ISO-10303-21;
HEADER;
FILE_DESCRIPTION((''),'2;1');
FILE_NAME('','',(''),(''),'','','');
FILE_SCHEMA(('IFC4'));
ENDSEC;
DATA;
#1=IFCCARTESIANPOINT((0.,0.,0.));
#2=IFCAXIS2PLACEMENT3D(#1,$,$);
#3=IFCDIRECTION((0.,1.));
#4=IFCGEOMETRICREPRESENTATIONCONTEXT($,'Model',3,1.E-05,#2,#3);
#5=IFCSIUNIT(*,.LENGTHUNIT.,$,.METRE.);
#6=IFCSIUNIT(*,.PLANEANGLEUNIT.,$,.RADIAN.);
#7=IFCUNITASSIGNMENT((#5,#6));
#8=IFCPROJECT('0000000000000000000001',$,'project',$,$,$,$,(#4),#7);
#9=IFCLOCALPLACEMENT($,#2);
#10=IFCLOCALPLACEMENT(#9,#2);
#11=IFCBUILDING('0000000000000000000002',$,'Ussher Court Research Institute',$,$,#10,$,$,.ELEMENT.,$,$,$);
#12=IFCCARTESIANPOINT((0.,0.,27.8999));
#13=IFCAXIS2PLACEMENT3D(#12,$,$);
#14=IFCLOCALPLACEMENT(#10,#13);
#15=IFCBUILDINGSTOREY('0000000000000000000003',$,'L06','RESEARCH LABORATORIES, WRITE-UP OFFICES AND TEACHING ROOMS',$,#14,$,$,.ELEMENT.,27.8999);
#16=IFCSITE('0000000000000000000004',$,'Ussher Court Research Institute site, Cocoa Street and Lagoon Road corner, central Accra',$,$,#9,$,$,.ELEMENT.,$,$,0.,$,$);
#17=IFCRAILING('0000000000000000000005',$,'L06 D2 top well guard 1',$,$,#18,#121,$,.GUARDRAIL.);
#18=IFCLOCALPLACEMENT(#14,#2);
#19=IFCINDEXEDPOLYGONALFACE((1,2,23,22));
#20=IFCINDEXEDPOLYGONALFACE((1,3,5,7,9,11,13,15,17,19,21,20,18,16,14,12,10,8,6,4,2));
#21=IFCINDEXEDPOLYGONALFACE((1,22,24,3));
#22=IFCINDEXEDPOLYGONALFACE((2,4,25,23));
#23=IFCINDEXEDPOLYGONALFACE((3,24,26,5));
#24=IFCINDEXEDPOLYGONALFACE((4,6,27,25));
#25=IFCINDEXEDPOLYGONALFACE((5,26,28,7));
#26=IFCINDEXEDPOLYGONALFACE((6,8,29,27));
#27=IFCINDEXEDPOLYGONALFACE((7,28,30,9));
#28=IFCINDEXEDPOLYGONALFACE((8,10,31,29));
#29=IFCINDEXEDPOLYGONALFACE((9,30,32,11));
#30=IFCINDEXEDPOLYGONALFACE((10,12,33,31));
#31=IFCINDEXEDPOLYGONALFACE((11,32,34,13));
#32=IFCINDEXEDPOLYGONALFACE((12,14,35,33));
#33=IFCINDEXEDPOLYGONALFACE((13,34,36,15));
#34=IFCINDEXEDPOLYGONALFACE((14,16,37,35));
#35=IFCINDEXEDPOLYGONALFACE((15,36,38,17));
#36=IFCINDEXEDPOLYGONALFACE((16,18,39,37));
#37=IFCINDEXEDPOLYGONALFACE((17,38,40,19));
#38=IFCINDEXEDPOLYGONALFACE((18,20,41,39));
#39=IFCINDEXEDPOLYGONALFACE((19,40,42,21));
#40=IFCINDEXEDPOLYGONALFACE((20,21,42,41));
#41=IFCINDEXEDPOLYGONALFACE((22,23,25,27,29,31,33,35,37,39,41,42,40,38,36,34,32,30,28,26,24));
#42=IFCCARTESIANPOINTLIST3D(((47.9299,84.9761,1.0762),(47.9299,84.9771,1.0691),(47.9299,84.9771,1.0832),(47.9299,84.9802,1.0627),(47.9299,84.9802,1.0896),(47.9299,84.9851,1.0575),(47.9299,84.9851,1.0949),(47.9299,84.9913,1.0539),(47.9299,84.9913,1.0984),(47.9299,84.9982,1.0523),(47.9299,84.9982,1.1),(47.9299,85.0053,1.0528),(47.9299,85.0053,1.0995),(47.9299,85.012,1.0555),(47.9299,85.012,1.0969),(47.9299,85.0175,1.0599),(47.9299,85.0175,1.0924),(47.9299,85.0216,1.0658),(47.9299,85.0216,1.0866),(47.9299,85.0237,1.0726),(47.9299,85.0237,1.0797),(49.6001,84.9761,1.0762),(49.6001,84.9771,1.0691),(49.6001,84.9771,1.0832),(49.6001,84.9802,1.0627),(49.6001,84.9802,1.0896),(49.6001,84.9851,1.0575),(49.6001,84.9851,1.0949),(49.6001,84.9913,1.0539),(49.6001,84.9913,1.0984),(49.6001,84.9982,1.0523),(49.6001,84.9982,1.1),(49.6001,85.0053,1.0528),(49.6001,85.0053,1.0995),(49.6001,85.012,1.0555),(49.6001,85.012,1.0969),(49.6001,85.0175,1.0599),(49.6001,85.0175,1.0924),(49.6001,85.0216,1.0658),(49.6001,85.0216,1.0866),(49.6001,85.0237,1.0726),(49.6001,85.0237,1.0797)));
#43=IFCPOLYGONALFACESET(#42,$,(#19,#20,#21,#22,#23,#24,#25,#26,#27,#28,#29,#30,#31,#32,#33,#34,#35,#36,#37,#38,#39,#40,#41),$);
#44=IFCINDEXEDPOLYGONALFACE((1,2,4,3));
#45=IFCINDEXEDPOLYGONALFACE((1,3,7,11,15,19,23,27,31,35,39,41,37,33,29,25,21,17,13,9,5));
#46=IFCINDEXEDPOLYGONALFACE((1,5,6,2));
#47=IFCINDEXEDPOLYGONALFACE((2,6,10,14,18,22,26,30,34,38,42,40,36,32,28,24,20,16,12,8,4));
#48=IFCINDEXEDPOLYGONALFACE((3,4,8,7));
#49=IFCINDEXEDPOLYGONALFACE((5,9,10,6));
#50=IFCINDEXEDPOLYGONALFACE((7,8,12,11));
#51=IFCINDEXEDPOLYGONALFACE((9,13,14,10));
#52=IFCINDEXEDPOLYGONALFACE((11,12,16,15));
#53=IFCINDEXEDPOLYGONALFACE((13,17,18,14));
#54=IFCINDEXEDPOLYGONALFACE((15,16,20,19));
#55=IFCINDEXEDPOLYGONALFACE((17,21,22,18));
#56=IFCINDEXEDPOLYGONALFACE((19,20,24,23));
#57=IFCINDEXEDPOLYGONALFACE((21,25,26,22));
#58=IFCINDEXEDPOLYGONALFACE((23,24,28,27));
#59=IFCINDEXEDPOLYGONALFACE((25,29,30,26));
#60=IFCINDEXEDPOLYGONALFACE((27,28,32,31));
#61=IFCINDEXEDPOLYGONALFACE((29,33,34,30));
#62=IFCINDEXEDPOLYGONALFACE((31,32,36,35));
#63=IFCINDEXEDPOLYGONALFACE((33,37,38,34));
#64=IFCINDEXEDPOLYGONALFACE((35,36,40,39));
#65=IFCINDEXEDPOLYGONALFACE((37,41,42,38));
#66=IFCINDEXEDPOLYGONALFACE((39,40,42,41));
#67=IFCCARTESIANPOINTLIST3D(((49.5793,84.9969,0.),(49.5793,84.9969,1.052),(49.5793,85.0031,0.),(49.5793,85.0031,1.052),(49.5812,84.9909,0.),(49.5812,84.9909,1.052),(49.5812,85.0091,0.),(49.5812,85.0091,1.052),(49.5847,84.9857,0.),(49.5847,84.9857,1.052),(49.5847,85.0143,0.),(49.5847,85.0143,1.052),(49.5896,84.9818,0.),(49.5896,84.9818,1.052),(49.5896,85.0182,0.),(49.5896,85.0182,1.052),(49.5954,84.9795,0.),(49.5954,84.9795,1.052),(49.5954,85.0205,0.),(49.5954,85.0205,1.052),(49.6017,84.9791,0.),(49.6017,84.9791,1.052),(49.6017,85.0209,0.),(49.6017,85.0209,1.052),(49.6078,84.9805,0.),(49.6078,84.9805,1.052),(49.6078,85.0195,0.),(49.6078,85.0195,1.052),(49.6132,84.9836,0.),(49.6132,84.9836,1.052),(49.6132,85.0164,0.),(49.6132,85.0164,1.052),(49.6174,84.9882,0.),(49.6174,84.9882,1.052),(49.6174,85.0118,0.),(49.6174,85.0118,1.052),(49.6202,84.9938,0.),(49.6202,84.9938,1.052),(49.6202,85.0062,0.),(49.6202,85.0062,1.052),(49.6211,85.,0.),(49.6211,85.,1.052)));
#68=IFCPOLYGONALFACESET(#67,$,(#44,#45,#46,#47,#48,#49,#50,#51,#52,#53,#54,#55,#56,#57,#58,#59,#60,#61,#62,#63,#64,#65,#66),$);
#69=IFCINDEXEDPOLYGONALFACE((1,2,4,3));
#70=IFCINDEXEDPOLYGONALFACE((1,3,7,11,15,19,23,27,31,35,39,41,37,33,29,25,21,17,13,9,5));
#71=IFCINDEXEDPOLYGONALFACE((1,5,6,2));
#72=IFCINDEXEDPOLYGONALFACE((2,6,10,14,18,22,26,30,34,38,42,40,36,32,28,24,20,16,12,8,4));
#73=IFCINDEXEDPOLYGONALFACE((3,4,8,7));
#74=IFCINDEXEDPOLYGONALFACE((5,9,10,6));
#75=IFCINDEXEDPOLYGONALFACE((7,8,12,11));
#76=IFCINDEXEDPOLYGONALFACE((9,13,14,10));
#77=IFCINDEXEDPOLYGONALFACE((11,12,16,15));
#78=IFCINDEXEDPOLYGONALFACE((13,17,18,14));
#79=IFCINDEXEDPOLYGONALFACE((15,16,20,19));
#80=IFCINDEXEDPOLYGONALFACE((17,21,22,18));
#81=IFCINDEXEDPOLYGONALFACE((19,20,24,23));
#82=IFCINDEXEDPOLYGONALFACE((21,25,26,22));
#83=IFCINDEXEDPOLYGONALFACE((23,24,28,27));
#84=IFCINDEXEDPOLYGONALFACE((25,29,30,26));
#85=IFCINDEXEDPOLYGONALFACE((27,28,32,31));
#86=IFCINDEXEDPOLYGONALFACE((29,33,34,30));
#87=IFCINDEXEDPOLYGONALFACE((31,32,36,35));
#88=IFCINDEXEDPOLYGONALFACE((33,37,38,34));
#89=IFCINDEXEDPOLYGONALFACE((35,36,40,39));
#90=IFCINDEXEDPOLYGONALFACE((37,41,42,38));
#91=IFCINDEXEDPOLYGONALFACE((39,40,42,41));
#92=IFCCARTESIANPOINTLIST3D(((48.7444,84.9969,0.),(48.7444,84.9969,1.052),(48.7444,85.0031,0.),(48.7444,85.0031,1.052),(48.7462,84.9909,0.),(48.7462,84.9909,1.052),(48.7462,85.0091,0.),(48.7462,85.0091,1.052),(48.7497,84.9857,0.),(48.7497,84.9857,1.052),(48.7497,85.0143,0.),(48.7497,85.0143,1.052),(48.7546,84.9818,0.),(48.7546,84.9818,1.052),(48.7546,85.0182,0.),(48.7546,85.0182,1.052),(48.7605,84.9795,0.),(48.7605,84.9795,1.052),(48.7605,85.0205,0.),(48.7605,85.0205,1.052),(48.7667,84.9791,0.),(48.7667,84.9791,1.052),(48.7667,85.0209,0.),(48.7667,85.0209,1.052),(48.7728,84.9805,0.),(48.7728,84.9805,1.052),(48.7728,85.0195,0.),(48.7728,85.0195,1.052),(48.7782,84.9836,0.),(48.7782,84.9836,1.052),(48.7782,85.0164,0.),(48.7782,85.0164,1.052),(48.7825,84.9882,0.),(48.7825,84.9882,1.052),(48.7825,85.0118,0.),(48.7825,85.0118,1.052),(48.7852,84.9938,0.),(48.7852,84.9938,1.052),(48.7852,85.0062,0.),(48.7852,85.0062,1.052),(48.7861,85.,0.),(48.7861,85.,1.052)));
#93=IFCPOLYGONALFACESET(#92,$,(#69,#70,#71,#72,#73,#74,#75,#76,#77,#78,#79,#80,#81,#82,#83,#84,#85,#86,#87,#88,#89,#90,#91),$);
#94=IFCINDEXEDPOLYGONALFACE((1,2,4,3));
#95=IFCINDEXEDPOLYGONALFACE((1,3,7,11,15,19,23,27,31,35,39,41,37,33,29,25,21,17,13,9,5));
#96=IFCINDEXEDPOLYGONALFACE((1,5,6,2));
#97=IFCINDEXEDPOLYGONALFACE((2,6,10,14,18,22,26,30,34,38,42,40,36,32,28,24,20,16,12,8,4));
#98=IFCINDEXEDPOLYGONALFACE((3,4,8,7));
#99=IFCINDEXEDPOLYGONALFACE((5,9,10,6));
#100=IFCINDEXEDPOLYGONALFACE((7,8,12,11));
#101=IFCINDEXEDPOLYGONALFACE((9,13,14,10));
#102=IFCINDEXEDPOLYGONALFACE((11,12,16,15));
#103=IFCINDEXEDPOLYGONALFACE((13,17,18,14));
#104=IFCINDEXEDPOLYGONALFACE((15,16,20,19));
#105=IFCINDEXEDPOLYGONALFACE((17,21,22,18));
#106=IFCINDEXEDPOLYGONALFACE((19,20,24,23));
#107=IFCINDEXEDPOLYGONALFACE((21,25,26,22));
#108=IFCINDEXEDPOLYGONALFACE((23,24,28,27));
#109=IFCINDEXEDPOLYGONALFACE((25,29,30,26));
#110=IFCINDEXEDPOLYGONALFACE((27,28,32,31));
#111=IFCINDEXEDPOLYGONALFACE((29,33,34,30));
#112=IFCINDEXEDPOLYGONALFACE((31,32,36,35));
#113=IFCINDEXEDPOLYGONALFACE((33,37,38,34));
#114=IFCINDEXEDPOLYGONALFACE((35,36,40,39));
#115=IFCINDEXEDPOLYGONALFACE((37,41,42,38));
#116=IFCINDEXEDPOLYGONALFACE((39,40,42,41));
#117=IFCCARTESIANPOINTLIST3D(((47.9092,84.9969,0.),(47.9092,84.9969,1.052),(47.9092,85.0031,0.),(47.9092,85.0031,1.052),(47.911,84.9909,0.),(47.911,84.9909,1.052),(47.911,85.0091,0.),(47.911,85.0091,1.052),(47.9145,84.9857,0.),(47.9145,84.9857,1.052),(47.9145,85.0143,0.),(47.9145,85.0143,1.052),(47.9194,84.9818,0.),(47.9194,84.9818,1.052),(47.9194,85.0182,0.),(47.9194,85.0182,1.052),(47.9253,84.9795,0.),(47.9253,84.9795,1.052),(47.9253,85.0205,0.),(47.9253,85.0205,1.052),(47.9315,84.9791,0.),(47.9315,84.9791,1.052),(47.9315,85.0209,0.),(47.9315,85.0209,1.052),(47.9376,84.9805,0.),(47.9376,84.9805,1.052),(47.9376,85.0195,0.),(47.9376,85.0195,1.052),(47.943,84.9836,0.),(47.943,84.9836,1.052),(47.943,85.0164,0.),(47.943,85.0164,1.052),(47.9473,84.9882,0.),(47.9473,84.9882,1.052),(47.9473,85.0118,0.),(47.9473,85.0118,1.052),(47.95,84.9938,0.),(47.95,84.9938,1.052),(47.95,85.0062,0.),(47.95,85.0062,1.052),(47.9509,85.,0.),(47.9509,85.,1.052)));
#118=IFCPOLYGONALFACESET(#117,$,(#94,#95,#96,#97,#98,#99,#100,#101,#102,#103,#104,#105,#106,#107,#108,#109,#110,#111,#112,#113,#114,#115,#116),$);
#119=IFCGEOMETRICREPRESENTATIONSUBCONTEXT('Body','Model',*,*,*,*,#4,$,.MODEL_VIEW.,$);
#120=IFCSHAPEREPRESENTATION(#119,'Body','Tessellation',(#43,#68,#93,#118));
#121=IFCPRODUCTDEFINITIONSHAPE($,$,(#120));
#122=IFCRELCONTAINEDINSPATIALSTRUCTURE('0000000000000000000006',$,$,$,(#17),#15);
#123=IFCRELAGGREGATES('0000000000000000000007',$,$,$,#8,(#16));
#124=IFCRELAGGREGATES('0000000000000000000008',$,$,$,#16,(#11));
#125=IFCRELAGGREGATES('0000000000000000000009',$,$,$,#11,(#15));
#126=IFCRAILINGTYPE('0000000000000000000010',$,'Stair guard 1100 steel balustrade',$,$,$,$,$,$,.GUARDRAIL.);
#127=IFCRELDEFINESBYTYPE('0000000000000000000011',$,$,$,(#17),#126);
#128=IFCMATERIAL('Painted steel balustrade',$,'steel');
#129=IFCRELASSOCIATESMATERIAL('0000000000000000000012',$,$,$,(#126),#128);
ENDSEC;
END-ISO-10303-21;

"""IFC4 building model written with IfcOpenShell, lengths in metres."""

from ifc_helpers import new_model, si_unit, direction, frame, origin, origin_2d, place, context, subcontext, project, spatial, circle, extrude, material, type_object, element, save


model = new_model("IFC4")

# Units and contexts
model_context = context("Model", 3, precision=1e-05, world=origin(), true_north=direction((0.0, 1.0)))
body_context = subcontext(model_context, "Body", "Model", "MODEL_VIEW")
ifc_project = project(units=[si_unit("LENGTHUNIT", "METRE"), si_unit("PLANEANGLEUNIT", "RADIAN")], contexts=[model_context])

# Site, building, storey
site_placement = place(None, origin())
site = spatial("IfcSite", under=ifc_project, at=site_placement, Name="Ussher Court Research Institute site, Cocoa Street and Lagoon Road corner, central Accra", CompositionType="ELEMENT", RefElevation=0.0)
building_placement = place(site_placement, origin())
building = spatial("IfcBuilding", under=site, at=building_placement, Name="Ussher Court Research Institute", CompositionType="ELEMENT")
storey_placement = place(building_placement, frame((0.0, 0.0, 27.8999)))
storey = spatial("IfcBuildingStorey", under=building, at=storey_placement, Name="L06", Description="RESEARCH LABORATORIES, WRITE-UP OFFICES AND TEACHING ROOMS", CompositionType="ELEMENT", Elevation=27.8999)

# Railing
ifc_material_1 = material(Name="Painted steel balustrade", Category="steel")
railing_type = type_object("IfcRailingType", Name="Stair guard 1100 steel balustrade", PredefinedType="GUARDRAIL", material=ifc_material_1)
railing_placement = place(storey_placement, frame((49.6001, 85.0, 0.0)))
element("IfcRailing", 1, at=railing_placement, inside=storey, type_object=railing_type, Name="L06 D2 top well guard 1", PredefinedType="GUARDRAIL", context=body_context, shape_type="SweptSolid", body=[
    extrude(circle(Radius=0.0239, at=origin_2d()), frame((0.0, 0.0, 1.0762), z_axis=(-1.0, 0.0, 0.0), x_axis=(0.0, -1.0, 0.0)), (0.0, 0.0, 1.0), 1.6702),
    extrude(circle(Radius=0.021, at=origin_2d()), origin(), (0.0, 0.0, 1.0), 1.052),
    extrude(circle(Radius=0.021, at=origin_2d()), frame((-0.835, 0.0, 0.0)), (0.0, 0.0, 1.0), 1.052),
    extrude(circle(Radius=0.021, at=origin_2d()), frame((-1.6702, 0.0, 0.0)), (0.0, 0.0, 1.0), 1.052),
])

save(model, "model.ifc")
